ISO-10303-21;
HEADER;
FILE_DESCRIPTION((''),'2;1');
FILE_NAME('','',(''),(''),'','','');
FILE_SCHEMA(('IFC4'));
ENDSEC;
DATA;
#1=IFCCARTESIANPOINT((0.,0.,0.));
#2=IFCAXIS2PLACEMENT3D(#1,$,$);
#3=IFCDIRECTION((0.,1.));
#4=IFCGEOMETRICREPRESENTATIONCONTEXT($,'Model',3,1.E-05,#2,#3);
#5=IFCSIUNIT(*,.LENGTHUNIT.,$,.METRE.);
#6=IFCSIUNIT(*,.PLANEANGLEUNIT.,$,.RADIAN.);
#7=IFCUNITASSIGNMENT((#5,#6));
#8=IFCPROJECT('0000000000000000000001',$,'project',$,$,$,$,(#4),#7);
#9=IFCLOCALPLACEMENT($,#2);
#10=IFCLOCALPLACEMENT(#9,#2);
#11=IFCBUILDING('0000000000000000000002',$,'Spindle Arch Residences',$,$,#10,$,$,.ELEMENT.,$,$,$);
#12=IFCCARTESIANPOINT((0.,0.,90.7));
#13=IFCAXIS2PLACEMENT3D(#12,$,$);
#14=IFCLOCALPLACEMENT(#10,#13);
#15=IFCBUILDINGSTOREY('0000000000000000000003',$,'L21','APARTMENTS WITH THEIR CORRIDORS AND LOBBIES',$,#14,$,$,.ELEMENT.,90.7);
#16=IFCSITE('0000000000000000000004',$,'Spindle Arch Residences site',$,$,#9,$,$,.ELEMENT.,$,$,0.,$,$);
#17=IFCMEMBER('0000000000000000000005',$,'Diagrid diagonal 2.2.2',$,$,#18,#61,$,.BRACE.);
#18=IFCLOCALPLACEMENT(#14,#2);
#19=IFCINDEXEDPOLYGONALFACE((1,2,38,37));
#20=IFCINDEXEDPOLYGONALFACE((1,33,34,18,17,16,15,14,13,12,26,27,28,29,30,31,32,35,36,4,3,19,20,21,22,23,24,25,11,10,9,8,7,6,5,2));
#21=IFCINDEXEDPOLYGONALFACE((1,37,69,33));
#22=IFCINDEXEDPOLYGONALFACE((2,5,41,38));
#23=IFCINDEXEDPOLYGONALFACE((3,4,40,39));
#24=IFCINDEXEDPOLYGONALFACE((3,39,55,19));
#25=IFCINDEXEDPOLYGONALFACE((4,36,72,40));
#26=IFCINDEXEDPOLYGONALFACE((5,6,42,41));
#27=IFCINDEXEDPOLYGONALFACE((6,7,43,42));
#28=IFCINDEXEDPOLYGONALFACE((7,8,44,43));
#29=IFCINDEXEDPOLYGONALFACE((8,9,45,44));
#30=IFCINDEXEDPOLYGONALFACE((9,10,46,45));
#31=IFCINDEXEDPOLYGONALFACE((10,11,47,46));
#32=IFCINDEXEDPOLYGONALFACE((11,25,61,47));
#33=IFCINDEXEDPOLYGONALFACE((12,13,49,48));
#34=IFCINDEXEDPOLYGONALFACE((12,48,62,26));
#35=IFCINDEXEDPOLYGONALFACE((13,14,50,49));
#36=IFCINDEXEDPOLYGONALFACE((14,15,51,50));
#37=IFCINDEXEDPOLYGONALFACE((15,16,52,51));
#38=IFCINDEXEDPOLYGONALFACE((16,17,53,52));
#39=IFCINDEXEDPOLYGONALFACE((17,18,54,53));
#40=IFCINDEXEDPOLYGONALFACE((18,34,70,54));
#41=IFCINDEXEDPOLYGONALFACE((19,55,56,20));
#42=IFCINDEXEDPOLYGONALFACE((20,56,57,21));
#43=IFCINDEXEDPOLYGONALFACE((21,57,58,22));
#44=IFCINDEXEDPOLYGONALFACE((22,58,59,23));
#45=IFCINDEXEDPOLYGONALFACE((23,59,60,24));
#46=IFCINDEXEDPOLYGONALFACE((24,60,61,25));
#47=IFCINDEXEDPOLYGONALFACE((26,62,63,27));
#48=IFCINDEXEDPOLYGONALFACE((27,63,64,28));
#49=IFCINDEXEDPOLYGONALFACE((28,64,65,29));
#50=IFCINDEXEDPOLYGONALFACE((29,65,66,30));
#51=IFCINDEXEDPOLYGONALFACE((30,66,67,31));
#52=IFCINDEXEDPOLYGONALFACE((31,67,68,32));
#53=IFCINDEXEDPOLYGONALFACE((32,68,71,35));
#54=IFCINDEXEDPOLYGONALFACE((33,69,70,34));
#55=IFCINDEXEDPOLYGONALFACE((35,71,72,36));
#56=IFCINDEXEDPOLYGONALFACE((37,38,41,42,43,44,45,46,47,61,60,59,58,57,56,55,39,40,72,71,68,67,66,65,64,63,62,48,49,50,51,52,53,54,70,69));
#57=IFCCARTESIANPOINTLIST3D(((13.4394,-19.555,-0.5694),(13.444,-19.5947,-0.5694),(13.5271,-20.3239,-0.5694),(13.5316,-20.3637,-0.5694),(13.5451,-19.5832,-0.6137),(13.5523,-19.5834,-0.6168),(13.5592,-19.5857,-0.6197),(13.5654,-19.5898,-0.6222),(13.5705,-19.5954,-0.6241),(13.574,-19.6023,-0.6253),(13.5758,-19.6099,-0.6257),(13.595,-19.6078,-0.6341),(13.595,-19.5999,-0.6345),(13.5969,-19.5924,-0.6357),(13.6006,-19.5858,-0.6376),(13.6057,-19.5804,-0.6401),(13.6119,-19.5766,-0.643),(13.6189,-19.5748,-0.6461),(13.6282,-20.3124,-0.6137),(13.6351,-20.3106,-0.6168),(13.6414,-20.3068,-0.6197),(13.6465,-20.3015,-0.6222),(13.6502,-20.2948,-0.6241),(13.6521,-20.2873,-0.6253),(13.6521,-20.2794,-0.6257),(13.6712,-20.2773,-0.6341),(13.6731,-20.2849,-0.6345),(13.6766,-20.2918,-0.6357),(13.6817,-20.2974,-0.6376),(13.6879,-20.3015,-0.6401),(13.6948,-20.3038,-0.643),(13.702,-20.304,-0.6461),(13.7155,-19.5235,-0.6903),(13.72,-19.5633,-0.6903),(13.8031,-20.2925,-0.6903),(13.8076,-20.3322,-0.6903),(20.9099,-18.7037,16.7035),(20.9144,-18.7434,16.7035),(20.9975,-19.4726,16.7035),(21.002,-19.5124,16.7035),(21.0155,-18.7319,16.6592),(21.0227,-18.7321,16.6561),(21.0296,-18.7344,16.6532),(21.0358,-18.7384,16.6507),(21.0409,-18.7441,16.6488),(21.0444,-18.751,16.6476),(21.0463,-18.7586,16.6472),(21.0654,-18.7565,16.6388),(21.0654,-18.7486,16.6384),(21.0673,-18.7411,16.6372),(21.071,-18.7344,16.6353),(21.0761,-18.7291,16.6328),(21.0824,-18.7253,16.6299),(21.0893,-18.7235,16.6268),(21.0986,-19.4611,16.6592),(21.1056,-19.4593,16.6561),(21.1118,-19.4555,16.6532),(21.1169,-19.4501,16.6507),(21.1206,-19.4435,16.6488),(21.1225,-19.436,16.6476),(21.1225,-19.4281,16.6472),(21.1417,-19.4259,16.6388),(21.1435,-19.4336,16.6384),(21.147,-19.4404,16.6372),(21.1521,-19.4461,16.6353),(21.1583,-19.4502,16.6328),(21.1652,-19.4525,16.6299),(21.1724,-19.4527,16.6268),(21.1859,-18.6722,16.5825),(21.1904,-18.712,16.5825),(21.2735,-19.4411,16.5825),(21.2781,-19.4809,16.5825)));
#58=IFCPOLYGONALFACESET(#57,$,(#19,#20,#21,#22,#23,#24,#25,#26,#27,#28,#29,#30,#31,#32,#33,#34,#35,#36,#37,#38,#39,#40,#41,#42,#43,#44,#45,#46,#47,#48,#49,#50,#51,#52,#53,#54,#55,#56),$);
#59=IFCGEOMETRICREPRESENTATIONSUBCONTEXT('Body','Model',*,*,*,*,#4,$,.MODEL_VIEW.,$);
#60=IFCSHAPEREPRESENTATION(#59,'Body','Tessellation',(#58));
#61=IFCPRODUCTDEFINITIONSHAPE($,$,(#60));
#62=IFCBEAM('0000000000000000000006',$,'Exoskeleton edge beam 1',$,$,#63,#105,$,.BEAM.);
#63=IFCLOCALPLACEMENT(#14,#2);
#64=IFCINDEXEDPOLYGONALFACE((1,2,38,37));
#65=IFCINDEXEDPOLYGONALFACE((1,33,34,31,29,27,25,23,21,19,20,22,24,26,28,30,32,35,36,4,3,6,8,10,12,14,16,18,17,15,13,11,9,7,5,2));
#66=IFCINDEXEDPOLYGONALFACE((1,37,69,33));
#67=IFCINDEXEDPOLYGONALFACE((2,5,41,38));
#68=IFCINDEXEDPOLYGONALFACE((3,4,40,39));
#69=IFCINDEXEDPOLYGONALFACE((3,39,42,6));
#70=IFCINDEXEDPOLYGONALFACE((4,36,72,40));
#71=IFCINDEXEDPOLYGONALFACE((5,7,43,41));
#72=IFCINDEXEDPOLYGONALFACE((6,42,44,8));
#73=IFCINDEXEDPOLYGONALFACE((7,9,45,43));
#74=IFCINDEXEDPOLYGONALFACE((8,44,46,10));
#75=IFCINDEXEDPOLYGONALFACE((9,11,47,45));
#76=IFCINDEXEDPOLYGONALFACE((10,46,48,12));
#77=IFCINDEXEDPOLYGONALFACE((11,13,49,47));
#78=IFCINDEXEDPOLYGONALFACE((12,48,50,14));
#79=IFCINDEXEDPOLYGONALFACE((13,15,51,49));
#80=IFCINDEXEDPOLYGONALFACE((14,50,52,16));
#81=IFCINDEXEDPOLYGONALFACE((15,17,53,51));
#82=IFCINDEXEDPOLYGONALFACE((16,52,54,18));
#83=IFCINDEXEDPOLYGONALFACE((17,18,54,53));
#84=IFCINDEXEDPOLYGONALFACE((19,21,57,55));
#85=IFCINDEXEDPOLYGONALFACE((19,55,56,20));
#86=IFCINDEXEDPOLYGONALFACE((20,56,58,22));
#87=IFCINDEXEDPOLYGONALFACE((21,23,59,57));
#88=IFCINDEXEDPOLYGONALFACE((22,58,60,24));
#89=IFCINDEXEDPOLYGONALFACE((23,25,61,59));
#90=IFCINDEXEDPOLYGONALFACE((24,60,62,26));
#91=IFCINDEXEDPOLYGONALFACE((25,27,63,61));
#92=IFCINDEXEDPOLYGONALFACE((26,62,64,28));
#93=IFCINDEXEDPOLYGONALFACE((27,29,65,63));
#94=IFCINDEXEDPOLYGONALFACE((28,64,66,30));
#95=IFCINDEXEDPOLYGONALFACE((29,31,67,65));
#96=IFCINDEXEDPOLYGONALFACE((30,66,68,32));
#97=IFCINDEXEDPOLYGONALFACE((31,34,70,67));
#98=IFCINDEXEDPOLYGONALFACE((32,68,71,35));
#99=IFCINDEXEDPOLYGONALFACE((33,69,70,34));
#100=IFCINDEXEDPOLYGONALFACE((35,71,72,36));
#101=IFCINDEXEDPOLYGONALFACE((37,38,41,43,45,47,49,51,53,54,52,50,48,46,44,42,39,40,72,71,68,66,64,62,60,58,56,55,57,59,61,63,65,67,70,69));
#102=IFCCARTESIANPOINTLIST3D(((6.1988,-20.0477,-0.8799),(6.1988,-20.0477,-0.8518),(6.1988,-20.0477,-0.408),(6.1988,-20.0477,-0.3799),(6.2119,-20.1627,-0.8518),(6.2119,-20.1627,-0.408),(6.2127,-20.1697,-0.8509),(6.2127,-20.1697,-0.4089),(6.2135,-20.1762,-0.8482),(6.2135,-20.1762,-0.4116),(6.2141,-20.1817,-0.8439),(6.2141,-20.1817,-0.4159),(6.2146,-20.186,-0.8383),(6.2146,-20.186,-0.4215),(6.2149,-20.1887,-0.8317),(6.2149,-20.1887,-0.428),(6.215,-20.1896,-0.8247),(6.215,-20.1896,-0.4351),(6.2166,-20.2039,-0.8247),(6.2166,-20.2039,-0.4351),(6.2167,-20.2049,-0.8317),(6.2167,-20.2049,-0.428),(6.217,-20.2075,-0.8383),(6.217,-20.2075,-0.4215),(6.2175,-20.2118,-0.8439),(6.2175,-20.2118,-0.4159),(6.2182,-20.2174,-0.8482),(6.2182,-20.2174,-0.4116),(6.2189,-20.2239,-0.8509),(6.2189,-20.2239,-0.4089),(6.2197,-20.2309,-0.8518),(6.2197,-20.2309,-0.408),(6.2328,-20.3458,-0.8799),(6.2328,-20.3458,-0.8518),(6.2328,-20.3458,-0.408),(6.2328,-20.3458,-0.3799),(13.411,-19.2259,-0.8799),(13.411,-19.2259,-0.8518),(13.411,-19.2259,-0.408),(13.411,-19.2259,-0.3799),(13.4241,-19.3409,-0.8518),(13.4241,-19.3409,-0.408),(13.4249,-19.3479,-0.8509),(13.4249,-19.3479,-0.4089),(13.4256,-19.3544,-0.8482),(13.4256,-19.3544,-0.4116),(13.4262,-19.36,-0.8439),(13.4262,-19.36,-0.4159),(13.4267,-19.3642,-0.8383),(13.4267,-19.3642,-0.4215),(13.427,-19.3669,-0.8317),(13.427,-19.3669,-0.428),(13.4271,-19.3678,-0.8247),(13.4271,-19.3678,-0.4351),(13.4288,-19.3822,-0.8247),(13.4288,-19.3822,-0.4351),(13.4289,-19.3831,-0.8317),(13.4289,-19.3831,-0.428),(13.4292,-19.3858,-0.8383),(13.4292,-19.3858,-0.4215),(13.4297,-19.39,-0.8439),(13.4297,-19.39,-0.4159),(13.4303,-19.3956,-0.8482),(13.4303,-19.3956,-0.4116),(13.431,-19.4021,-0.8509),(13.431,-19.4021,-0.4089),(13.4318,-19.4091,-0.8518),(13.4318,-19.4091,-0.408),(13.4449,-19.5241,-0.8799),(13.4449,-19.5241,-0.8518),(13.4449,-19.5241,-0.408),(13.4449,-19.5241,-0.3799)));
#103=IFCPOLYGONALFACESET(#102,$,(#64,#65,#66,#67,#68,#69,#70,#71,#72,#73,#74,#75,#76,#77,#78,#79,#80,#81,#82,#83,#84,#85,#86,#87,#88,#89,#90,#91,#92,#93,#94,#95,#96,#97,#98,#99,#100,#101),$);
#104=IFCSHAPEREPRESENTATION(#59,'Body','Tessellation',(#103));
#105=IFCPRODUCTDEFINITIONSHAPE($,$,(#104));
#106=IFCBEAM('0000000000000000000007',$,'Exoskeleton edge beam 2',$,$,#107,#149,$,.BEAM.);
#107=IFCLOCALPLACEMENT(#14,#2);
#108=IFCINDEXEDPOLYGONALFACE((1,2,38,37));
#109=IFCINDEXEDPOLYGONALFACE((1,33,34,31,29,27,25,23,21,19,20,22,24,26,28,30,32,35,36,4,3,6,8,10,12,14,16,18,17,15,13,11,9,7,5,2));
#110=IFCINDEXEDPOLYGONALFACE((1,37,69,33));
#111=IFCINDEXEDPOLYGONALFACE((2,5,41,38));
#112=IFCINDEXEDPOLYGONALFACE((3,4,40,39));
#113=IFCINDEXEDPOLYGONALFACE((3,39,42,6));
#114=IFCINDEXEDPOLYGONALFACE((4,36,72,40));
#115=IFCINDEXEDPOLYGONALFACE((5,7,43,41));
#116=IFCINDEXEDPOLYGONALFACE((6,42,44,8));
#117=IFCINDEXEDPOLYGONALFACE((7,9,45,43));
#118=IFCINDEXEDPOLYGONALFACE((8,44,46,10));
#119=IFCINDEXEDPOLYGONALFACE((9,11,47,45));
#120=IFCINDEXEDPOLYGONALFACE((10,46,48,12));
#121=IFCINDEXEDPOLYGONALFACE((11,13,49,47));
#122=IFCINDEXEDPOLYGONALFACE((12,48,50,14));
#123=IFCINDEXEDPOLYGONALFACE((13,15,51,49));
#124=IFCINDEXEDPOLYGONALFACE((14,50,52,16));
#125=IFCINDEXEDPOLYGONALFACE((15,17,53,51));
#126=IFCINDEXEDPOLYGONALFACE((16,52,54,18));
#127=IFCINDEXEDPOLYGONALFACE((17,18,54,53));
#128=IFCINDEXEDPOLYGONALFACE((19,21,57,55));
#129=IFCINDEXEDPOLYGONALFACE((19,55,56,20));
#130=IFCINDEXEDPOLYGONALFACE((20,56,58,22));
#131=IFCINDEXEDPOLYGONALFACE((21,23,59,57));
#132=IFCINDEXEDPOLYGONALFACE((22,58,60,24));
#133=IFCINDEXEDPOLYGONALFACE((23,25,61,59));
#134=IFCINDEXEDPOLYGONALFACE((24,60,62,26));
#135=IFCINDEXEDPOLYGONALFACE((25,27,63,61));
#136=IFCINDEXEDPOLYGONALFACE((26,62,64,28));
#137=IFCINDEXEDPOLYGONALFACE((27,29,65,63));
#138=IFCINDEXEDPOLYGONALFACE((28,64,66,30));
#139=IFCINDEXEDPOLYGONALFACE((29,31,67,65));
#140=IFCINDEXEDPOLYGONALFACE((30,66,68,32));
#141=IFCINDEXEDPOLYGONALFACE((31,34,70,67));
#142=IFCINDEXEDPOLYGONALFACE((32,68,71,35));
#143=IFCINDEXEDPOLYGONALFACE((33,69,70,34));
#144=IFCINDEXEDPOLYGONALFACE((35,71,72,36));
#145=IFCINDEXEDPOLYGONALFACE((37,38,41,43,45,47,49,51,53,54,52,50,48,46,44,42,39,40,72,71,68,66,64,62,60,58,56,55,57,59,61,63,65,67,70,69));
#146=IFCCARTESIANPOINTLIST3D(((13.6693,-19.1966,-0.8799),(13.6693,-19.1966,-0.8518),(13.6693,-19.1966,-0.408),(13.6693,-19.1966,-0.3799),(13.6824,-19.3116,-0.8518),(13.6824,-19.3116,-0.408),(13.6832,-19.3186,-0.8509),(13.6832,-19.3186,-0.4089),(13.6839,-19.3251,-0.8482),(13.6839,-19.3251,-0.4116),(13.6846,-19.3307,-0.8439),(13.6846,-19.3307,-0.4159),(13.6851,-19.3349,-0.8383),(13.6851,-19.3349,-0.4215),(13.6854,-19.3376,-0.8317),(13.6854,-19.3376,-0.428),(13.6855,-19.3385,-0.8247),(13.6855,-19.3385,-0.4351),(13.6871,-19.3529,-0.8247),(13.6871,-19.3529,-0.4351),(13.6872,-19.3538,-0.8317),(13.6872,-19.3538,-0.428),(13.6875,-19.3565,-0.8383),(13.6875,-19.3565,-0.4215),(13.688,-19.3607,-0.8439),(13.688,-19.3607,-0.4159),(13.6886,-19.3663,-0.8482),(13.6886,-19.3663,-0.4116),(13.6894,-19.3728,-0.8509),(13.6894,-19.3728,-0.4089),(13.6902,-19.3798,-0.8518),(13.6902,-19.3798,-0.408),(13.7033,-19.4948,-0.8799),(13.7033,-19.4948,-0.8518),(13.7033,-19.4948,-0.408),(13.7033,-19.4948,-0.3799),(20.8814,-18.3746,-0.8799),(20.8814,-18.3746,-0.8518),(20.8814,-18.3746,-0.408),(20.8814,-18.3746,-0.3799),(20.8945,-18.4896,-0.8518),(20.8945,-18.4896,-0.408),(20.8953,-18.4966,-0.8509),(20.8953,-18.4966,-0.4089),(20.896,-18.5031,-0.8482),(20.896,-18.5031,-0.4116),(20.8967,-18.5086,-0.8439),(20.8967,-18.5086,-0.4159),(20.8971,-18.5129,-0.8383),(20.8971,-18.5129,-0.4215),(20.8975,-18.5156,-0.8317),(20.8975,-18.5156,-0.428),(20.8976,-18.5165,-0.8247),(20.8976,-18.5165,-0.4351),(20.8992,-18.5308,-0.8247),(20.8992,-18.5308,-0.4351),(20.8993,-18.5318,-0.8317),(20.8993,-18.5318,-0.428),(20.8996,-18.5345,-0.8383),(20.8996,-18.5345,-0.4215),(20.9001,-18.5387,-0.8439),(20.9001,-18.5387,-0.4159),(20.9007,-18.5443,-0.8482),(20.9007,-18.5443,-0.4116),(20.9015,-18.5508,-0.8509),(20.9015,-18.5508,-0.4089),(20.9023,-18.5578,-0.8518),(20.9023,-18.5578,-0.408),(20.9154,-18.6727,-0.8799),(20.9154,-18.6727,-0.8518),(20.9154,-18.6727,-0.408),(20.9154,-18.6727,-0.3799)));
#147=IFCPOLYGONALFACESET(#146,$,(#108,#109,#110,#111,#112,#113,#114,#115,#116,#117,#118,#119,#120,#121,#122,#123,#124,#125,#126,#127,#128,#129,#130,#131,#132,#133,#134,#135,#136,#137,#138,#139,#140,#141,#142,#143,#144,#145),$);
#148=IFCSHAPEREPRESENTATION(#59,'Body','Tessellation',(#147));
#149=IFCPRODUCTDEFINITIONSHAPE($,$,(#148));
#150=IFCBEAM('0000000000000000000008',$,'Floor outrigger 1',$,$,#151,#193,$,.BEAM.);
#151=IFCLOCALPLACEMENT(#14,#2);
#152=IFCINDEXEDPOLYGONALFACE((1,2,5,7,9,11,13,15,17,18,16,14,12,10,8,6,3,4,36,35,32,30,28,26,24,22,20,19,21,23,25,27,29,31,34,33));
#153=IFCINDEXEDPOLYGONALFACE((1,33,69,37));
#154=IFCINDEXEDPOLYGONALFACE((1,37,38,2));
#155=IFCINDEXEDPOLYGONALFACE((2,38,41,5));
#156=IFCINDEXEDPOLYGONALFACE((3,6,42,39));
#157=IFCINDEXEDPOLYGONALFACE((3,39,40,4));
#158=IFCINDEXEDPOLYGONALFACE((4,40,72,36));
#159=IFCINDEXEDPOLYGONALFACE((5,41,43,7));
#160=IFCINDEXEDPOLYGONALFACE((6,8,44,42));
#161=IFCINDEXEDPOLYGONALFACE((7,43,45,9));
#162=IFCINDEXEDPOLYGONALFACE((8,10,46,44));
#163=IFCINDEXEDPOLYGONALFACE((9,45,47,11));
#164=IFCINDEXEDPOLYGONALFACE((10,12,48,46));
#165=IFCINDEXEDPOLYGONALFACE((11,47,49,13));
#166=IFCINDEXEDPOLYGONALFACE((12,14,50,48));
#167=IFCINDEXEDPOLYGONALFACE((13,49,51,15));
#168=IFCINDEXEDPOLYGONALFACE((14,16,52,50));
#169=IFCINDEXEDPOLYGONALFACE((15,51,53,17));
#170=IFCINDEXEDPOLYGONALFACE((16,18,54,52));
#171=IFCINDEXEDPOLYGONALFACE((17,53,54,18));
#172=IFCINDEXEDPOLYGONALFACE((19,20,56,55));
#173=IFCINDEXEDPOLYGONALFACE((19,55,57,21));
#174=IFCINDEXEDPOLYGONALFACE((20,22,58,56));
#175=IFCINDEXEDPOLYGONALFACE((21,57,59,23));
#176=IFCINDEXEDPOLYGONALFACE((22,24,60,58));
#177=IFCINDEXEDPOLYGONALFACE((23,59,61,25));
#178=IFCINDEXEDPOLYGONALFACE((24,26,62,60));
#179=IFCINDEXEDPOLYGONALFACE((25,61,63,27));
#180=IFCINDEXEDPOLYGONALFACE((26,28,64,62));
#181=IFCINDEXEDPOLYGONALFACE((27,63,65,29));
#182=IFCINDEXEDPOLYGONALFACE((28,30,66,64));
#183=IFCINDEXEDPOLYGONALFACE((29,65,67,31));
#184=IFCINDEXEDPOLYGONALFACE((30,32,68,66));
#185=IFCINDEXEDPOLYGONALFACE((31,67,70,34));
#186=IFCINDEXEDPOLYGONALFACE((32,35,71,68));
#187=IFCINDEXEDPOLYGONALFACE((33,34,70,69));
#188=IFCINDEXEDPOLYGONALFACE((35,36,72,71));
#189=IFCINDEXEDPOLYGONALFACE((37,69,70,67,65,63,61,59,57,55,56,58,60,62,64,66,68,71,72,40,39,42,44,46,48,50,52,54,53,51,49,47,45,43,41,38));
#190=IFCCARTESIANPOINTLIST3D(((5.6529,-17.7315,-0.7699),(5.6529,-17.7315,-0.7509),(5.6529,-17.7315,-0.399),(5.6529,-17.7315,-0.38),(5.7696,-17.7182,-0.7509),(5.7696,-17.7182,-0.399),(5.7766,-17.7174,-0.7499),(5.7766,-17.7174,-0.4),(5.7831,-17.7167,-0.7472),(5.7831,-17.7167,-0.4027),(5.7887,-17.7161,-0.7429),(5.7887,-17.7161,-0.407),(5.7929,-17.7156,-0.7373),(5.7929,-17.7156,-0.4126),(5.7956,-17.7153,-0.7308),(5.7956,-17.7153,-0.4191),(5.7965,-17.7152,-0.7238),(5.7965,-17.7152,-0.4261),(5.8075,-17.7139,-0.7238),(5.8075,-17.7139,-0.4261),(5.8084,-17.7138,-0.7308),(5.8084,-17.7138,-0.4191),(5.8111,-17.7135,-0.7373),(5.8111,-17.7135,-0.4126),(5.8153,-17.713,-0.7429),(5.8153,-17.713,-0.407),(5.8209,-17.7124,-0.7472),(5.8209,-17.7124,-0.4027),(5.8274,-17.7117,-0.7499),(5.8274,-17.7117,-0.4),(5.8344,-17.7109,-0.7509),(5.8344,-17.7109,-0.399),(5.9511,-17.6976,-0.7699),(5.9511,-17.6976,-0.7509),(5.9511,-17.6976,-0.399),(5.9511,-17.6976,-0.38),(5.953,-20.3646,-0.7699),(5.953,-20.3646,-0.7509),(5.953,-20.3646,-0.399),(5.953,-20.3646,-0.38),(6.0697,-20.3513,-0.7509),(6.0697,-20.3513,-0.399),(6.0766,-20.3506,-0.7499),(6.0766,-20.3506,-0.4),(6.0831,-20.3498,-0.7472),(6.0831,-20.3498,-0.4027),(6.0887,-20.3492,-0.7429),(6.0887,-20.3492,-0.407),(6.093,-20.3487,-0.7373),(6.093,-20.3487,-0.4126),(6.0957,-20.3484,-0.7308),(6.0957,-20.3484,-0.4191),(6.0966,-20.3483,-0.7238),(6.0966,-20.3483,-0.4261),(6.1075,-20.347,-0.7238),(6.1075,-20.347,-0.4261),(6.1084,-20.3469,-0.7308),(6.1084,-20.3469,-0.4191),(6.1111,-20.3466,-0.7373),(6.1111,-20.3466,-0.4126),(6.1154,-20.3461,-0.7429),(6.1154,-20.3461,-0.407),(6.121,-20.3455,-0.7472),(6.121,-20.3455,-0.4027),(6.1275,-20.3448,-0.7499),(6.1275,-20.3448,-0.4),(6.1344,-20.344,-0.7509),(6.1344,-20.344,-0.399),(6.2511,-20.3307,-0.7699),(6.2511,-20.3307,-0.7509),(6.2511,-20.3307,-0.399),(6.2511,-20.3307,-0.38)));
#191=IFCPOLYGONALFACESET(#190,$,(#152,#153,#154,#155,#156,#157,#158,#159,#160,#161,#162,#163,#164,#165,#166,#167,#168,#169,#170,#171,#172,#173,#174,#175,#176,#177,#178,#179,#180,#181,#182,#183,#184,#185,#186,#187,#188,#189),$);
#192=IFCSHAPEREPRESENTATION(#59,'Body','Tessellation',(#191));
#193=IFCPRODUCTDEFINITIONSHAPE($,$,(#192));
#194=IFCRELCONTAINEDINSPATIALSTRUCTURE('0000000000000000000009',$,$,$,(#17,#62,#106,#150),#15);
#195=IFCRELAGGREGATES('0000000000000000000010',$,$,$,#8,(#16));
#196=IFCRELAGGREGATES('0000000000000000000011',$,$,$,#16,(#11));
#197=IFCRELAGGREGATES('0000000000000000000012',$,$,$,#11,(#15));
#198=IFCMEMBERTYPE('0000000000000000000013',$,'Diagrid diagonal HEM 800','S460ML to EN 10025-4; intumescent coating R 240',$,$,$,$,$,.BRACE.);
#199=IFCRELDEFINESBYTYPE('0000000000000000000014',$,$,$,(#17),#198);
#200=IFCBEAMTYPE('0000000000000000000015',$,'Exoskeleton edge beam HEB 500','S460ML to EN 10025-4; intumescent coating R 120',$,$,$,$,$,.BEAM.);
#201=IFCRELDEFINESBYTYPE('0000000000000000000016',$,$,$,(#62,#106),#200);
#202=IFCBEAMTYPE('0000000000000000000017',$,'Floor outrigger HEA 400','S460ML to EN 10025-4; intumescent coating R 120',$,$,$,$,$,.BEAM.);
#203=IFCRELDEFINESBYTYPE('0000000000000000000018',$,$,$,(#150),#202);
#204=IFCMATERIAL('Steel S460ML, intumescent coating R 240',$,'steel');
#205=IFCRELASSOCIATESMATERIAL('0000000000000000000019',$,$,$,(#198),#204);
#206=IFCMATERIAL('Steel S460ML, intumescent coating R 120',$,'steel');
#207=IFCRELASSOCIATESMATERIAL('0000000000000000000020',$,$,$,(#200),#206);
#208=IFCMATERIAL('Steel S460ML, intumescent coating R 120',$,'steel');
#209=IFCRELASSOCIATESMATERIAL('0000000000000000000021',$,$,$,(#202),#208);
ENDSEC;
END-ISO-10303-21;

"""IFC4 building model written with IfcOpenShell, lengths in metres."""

from ifc_helpers import new_model, si_unit, direction, frame, origin, origin_2d, place, context, subcontext, project, spatial, i_section, extrude, material, material_profile, profile_set, type_object, element, save


model = new_model("IFC4")

# Units and contexts
model_context = context("Model", 3, precision=1e-05, world=origin(), true_north=direction((0.0, 1.0)))
body_context = subcontext(model_context, "Body", "Model", "MODEL_VIEW")
ifc_project = project(units=[si_unit("LENGTHUNIT", "METRE"), si_unit("PLANEANGLEUNIT", "RADIAN")], contexts=[model_context])

# Site, building, storey
site_placement = place(None, origin())
site = spatial("IfcSite", under=ifc_project, at=site_placement, Name="Spindle Arch Residences site", CompositionType="ELEMENT", RefElevation=0.0)
building_placement = place(site_placement, origin())
building = spatial("IfcBuilding", under=site, at=building_placement, Name="Spindle Arch Residences", CompositionType="ELEMENT")
storey_placement = place(building_placement, frame((0.0, 0.0, 90.7)))
storey = spatial("IfcBuildingStorey", under=building, at=storey_placement, Name="L21", Description="APARTMENTS WITH THEIR CORRIDORS AND LOBBIES", CompositionType="ELEMENT", Elevation=90.7)

# Member
ifc_material_1 = material(Name="Steel S460ML, intumescent coating R 240", Category="steel")
ifc_material_profile_1 = material_profile(ifc_material_1, i_section(OverallWidth=0.303, OverallDepth=0.814, WebThickness=0.021, FlangeThickness=0.04, FilletRadius=0.03, at=origin_2d()), Name="HEM 800")
ifc_profile_set_1 = profile_set([ifc_material_profile_1], Name="Steel S460ML, intumescent coating R 240")
member_type_1 = type_object("IfcMemberType", Name="Diagrid diagonal HEM 800", Description="S460ML to EN 10025-4; intumescent coating R 240", PredefinedType="BRACE", material=ifc_profile_set_1)
for number, where, z_axis, x_axis, name in (
    (1, (13.6235, -19.9436, -0.6299), (0.396554, 0.04519, 0.916899), (-0.911002, -0.103816, 0.39912), "Diagrid diagonal 2.2.2"),
):
    element("IfcMember", number, at=place(storey_placement, frame(where, z_axis=z_axis, x_axis=x_axis)), inside=storey, type_object=member_type_1, Name=name, PredefinedType="BRACE", context=body_context, shape_type="SweptSolid", body=[
        extrude(i_section(OverallWidth=0.303, OverallDepth=0.814, WebThickness=0.021, FlangeThickness=0.04, FilletRadius=0.03, at=origin_2d()), origin(), (0.0, 0.0, 1.0), 18.8384),
    ])

# Beams
ifc_material_2 = material(Name="Steel S460ML, intumescent coating R 120", Category="steel")
ifc_material_profile_2 = material_profile(ifc_material_2, i_section(OverallWidth=0.3, OverallDepth=0.5, WebThickness=0.0144, FlangeThickness=0.0281, FilletRadius=0.0271, at=origin_2d()), Name="HEB 500")
ifc_profile_set_2 = profile_set([ifc_material_profile_2], Name="Steel S460ML, intumescent coating R 120")
beam_type_1 = type_object("IfcBeamType", Name="Exoskeleton edge beam HEB 500", Description="S460ML to EN 10025-4; intumescent coating R 120", PredefinedType="BEAM", material=ifc_profile_set_2)
for number, where, z_axis, x_axis, name in (
    (2, (6.2158, -20.1968, -0.6299), (0.993571, 0.113211, 0.0), (-0.113211, 0.993571, 0.0), "Exoskeleton edge beam 1"),
    (3, (13.6863, -19.3457, -0.6299), (0.993567, 0.113244, 0.0), (-0.113244, 0.993567, 0.0), "Exoskeleton edge beam 2"),
):
    element("IfcBeam", number, at=place(storey_placement, frame(where, z_axis=z_axis, x_axis=x_axis)), inside=storey, type_object=beam_type_1, Name=name, PredefinedType="BEAM", context=body_context, shape_type="SweptSolid", body=[
        extrude(i_section(OverallWidth=0.3, OverallDepth=0.5, WebThickness=0.0144, FlangeThickness=0.0281, FilletRadius=0.0271, at=origin_2d()), origin(), (0.0, 0.0, 1.0), 7.2588),
    ])
ifc_material_3 = material(Name="Steel S460ML, intumescent coating R 120", Category="steel")
ifc_material_profile_3 = material_profile(ifc_material_3, i_section(OverallWidth=0.3, OverallDepth=0.3899, WebThickness=0.011, FlangeThickness=0.019, FilletRadius=0.0271, at=origin_2d()), Name="HEA 400")
ifc_profile_set_3 = profile_set([ifc_material_profile_3], Name="Steel S460ML, intumescent coating R 120")
beam_type_2 = type_object("IfcBeamType", Name="Floor outrigger HEA 400", Description="S460ML to EN 10025-4; intumescent coating R 120", PredefinedType="BEAM", material=ifc_profile_set_3)
for number, where, z_axis, x_axis, name in (
    (4, (6.1021, -20.3477, -0.575), (-0.113222, 0.99357, 0.0), (-0.99357, -0.113222, 0.0), "Floor outrigger 1"),
):
    element("IfcBeam", number, at=place(storey_placement, frame(where, z_axis=z_axis, x_axis=x_axis)), inside=storey, type_object=beam_type_2, Name=name, PredefinedType="BEAM", context=body_context, shape_type="SweptSolid", body=[
        extrude(i_section(OverallWidth=0.3, OverallDepth=0.3899, WebThickness=0.011, FlangeThickness=0.019, FilletRadius=0.0271, at=origin_2d()), origin(), (0.0, 0.0, 1.0), 2.6501),
    ])

save(model, "model.ifc")
